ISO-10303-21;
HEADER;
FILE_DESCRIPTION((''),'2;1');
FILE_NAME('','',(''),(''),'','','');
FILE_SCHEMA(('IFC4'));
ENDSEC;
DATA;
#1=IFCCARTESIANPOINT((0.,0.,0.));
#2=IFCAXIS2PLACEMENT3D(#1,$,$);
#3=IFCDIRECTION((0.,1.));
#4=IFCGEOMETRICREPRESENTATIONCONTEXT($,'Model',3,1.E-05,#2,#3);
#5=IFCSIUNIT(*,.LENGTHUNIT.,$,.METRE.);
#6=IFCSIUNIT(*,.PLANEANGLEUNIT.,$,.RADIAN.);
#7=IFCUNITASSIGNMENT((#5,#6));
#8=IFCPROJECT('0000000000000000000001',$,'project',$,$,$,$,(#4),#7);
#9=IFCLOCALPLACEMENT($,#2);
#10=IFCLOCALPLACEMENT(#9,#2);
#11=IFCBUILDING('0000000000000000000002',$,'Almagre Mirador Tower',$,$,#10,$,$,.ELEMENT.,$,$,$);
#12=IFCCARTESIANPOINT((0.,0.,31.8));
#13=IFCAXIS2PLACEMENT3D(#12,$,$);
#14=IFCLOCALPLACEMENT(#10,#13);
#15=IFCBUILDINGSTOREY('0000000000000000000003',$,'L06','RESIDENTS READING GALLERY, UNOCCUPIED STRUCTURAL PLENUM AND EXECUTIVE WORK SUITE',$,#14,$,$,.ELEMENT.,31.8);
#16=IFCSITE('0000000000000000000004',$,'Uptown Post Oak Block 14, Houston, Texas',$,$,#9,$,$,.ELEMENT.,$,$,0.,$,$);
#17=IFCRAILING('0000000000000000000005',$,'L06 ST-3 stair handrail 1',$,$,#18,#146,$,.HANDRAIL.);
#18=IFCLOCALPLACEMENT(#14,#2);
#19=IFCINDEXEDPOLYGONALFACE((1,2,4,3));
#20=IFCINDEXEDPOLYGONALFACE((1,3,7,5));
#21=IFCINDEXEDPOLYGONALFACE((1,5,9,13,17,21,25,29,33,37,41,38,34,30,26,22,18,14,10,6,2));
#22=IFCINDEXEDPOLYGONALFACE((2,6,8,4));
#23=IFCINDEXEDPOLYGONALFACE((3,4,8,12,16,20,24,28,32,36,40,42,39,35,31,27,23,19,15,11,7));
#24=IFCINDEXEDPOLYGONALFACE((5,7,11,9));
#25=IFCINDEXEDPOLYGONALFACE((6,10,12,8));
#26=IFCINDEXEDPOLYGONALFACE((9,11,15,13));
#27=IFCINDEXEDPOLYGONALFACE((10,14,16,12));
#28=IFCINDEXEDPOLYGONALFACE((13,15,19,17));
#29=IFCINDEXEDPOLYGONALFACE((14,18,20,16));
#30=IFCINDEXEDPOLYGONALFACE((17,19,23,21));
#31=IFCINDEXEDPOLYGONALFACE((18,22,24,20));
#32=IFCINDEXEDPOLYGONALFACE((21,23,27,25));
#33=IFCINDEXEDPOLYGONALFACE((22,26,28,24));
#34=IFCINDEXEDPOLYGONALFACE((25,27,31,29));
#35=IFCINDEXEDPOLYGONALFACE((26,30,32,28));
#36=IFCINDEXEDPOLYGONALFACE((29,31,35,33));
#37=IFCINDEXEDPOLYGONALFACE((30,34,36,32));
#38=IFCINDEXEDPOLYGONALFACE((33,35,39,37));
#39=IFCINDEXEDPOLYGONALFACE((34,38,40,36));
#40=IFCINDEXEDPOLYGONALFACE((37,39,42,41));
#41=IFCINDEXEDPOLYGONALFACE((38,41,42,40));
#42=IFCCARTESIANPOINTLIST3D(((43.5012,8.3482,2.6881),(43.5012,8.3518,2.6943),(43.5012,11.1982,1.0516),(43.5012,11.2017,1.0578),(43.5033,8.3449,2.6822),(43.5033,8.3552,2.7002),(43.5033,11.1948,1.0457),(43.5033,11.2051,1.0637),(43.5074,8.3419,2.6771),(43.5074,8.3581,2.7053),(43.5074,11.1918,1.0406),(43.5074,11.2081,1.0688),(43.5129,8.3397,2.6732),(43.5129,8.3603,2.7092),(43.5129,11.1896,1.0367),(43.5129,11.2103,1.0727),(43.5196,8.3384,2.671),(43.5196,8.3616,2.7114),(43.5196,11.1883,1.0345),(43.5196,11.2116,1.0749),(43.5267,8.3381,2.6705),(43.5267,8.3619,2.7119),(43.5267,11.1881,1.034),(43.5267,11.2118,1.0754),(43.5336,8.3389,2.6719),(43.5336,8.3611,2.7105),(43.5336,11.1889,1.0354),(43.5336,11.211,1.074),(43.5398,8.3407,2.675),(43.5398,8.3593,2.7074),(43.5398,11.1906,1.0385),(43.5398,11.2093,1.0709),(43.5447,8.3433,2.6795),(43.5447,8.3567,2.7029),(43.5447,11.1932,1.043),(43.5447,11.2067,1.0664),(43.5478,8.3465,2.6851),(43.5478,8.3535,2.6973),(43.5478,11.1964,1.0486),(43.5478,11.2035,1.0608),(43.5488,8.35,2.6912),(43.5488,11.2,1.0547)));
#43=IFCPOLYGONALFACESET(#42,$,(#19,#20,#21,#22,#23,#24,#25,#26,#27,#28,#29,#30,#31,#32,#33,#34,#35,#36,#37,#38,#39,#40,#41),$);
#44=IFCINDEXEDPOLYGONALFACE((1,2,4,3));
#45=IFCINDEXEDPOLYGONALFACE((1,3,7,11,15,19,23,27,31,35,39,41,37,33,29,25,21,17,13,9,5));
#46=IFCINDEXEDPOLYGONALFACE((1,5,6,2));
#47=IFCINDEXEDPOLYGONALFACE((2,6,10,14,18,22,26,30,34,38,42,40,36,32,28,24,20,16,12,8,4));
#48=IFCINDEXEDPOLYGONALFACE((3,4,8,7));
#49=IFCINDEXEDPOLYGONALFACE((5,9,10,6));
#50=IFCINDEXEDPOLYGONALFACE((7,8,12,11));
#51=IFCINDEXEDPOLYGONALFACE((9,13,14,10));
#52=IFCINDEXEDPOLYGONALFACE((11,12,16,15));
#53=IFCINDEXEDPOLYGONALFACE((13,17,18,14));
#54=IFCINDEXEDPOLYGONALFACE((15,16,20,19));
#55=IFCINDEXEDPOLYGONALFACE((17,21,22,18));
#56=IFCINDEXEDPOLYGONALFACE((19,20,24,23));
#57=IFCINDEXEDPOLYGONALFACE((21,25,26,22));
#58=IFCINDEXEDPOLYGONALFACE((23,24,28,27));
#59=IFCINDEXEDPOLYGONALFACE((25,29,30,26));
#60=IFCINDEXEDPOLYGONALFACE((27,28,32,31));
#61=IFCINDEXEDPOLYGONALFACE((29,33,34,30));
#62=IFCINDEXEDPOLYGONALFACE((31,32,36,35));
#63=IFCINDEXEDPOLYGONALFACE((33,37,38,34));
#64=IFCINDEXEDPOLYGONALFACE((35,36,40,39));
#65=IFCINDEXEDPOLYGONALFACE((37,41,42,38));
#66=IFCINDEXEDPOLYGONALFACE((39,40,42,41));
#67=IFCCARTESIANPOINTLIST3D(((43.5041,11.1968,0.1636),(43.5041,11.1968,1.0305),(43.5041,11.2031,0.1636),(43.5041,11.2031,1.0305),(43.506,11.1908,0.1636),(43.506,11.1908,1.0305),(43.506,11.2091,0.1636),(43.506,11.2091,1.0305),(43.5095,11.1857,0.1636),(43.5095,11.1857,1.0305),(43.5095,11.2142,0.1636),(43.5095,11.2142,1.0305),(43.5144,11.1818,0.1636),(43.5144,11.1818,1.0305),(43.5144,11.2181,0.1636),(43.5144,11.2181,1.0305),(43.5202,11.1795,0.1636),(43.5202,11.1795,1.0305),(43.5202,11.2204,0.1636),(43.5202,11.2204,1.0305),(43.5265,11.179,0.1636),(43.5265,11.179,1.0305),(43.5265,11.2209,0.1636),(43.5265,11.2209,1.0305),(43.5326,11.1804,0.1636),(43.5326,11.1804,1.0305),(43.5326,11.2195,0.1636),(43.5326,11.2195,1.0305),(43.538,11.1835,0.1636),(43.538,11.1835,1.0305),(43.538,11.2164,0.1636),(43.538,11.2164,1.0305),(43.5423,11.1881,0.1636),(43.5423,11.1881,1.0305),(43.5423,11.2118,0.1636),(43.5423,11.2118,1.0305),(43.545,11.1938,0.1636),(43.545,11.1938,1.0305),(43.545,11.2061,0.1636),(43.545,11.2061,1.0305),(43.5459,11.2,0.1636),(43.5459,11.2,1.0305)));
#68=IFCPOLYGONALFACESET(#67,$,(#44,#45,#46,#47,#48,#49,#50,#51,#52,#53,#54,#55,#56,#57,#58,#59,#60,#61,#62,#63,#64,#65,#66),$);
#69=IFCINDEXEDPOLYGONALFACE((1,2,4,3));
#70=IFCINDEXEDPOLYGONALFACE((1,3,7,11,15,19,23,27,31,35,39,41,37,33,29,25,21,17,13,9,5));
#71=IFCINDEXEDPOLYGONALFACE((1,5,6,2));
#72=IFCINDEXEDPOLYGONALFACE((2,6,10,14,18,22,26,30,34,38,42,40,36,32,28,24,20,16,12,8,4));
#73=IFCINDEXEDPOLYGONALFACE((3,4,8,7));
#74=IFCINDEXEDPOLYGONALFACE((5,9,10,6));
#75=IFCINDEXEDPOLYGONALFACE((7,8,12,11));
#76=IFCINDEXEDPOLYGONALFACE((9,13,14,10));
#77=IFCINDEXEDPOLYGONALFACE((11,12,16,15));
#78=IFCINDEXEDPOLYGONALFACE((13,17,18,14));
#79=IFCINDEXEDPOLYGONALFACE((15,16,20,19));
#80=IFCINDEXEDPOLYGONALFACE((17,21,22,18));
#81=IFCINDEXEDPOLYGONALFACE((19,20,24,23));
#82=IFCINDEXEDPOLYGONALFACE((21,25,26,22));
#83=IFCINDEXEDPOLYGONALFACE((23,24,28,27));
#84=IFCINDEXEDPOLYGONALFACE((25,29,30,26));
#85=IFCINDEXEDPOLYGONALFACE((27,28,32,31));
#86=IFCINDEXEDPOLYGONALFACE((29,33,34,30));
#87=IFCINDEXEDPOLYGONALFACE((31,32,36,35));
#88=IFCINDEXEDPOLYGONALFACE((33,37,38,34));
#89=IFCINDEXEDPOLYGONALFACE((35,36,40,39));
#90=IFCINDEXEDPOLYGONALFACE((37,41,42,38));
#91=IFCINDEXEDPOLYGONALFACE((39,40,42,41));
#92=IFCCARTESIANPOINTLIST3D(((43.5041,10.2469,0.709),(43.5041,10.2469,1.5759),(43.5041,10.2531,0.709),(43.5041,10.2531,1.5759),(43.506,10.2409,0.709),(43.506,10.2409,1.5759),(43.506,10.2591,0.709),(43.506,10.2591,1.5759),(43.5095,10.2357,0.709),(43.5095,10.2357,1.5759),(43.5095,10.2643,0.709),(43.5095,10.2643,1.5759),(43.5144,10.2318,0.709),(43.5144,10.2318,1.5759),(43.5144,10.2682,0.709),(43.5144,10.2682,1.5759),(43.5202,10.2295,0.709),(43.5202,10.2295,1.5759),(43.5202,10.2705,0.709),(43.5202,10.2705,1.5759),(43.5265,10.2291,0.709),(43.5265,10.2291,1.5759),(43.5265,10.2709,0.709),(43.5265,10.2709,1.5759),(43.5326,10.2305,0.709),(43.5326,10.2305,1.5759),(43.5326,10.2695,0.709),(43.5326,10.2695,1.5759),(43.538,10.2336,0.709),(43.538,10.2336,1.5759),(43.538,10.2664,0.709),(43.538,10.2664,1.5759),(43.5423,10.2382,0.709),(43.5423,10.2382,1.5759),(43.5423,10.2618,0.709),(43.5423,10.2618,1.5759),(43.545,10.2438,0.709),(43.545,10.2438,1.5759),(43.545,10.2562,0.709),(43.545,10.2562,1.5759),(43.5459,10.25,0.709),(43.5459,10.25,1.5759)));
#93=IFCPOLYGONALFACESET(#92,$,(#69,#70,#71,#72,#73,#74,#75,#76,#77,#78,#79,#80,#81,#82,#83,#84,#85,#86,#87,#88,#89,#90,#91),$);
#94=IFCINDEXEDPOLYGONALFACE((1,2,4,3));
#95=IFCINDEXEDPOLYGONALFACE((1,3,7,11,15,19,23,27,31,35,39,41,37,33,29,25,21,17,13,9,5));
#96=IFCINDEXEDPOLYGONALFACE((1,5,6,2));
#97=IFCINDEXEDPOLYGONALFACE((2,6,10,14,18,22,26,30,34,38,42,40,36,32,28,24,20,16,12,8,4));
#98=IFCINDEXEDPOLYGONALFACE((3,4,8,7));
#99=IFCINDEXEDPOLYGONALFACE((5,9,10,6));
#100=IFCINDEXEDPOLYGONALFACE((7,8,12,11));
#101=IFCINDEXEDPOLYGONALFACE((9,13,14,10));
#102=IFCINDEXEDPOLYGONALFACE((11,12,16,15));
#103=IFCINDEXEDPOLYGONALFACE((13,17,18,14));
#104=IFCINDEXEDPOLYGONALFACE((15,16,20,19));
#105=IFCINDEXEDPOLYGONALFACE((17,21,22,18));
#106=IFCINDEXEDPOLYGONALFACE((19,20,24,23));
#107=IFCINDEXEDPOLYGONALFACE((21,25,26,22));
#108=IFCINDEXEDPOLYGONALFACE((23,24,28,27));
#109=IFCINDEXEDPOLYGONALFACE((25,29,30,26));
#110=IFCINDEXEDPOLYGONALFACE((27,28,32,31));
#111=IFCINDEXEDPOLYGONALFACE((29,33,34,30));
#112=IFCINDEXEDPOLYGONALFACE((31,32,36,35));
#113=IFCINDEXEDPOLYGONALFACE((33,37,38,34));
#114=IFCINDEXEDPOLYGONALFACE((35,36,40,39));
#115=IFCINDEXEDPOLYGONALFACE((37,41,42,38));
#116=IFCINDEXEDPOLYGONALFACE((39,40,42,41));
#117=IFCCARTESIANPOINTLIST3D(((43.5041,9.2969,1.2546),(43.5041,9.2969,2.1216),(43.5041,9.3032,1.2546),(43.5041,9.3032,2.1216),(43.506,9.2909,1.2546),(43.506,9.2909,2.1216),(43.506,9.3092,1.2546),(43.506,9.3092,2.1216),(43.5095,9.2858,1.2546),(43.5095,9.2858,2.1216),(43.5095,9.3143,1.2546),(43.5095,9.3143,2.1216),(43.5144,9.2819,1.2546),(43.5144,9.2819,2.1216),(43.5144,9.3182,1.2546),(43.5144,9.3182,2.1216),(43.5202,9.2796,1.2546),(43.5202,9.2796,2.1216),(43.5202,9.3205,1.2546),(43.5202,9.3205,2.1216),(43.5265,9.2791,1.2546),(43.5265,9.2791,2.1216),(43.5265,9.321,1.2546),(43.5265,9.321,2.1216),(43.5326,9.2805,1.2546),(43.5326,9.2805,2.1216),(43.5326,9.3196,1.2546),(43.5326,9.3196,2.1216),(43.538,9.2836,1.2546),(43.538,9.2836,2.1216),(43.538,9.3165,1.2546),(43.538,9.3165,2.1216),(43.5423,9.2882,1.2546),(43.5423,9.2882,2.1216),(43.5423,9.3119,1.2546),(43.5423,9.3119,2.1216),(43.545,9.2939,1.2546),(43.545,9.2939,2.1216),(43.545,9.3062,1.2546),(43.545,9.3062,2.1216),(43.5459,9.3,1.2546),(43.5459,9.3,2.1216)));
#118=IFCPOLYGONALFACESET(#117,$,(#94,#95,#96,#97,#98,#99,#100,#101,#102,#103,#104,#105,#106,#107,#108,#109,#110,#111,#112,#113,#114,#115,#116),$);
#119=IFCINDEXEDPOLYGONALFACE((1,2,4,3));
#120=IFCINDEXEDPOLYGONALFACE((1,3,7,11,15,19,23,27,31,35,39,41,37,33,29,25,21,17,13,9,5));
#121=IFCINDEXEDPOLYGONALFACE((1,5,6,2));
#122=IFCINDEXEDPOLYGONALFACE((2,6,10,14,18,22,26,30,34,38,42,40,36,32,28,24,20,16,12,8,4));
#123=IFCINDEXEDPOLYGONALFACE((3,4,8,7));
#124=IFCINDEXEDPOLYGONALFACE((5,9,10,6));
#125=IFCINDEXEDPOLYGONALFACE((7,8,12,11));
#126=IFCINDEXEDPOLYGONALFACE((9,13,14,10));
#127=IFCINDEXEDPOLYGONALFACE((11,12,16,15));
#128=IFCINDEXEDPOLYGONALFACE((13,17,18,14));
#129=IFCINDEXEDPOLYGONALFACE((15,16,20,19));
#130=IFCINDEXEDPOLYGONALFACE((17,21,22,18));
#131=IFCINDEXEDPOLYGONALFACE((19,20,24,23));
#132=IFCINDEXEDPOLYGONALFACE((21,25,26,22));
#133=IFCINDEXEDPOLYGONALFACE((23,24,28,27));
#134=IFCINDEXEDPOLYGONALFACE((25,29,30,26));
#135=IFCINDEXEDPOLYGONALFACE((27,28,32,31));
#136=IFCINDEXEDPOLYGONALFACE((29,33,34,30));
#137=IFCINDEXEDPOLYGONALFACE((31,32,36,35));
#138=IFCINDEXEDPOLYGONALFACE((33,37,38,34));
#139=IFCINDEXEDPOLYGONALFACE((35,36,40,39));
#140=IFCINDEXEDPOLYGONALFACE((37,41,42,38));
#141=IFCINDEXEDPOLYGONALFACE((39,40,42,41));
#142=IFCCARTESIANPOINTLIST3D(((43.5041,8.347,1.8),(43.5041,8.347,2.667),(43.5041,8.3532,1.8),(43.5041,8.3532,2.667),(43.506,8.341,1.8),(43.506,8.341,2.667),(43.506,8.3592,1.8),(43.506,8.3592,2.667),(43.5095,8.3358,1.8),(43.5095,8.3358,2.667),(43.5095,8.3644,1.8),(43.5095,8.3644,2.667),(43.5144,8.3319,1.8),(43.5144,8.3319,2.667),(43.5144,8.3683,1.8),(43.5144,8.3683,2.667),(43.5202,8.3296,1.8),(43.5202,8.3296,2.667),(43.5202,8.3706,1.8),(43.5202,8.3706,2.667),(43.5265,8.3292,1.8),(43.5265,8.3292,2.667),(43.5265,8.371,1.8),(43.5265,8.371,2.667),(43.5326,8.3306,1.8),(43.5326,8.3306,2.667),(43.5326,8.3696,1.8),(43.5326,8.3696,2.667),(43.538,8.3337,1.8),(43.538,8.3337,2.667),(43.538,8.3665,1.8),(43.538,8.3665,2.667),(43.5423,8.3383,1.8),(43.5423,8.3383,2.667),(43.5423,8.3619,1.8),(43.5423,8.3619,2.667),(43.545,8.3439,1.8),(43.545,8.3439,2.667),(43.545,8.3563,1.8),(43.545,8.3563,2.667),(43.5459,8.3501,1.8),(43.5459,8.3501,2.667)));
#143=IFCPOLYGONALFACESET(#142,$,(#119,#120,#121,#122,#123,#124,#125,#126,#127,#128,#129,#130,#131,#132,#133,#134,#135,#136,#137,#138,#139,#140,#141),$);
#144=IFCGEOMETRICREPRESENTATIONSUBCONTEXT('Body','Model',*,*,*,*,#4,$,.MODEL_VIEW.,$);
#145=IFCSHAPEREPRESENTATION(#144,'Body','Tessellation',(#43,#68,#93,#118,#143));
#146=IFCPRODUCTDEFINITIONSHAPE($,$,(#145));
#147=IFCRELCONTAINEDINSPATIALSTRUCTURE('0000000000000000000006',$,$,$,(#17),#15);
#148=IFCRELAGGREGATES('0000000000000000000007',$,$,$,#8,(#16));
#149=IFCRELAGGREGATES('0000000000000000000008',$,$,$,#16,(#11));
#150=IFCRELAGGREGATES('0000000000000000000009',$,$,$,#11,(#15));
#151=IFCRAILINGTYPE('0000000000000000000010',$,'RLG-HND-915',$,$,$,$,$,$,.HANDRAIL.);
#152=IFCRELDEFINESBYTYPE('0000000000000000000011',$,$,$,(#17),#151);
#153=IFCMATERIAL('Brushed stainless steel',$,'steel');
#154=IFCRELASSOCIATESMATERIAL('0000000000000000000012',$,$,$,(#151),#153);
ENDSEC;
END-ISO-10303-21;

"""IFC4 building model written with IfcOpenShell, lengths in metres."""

from ifc_helpers import new_model, si_unit, direction, frame, origin, origin_2d, place, context, subcontext, project, spatial, circle, extrude, material, type_object, element, save


model = new_model("IFC4")

# Units and contexts
model_context = context("Model", 3, precision=1e-05, world=origin(), true_north=direction((0.0, 1.0)))
body_context = subcontext(model_context, "Body", "Model", "MODEL_VIEW")
ifc_project = project(units=[si_unit("LENGTHUNIT", "METRE"), si_unit("PLANEANGLEUNIT", "RADIAN")], contexts=[model_context])

# Site, building, storey
site_placement = place(None, origin())
site = spatial("IfcSite", under=ifc_project, at=site_placement, Name="Uptown Post Oak Block 14, Houston, Texas", CompositionType="ELEMENT", RefElevation=0.0)
building_placement = place(site_placement, origin())
building = spatial("IfcBuilding", under=site, at=building_placement, Name="Almagre Mirador Tower", CompositionType="ELEMENT")
storey_placement = place(building_placement, frame((0.0, 0.0, 31.8)))
storey = spatial("IfcBuildingStorey", under=building, at=storey_placement, Name="L06", Description="RESIDENTS READING GALLERY, UNOCCUPIED STRUCTURAL PLENUM AND EXECUTIVE WORK SUITE", CompositionType="ELEMENT", Elevation=31.8)

# Railing
ifc_material_1 = material(Name="Brushed stainless steel", Category="steel")
railing_type_1 = type_object("IfcRailingType", Name="RLG-HND-915", PredefinedType="HANDRAIL", material=ifc_material_1)
railing_1_placement = place(storey_placement, frame((43.5249, 11.2, 0.1636)))
element("IfcRailing", 1, at=railing_1_placement, inside=storey, type_object=railing_type_1, Name="L06 ST-3 stair handrail 1", PredefinedType="HANDRAIL", context=body_context, shape_type="SweptSolid", body=[
    extrude(circle(Radius=0.0239, at=origin_2d()), frame((0.0, 0.0, 0.8911), z_axis=(0.0, -0.867194, 0.49797), x_axis=(1.0, 0.0, 0.0)), (0.0, 0.0, 1.0), 3.2864),
    extrude(circle(Radius=0.021, at=origin_2d()), origin(), (0.0, 0.0, 1.0), 0.8669),
    extrude(circle(Radius=0.021, at=origin_2d()), frame((0.0, -0.95, 0.5454)), (0.0, 0.0, 1.0), 0.8669),
    extrude(circle(Radius=0.021, at=origin_2d()), frame((0.0, -1.8999, 1.0911)), (0.0, 0.0, 1.0), 0.8669),
    extrude(circle(Radius=0.021, at=origin_2d()), frame((0.0, -2.8499, 1.6365)), (0.0, 0.0, 1.0), 0.8669),
])

save(model, "model.ifc")
